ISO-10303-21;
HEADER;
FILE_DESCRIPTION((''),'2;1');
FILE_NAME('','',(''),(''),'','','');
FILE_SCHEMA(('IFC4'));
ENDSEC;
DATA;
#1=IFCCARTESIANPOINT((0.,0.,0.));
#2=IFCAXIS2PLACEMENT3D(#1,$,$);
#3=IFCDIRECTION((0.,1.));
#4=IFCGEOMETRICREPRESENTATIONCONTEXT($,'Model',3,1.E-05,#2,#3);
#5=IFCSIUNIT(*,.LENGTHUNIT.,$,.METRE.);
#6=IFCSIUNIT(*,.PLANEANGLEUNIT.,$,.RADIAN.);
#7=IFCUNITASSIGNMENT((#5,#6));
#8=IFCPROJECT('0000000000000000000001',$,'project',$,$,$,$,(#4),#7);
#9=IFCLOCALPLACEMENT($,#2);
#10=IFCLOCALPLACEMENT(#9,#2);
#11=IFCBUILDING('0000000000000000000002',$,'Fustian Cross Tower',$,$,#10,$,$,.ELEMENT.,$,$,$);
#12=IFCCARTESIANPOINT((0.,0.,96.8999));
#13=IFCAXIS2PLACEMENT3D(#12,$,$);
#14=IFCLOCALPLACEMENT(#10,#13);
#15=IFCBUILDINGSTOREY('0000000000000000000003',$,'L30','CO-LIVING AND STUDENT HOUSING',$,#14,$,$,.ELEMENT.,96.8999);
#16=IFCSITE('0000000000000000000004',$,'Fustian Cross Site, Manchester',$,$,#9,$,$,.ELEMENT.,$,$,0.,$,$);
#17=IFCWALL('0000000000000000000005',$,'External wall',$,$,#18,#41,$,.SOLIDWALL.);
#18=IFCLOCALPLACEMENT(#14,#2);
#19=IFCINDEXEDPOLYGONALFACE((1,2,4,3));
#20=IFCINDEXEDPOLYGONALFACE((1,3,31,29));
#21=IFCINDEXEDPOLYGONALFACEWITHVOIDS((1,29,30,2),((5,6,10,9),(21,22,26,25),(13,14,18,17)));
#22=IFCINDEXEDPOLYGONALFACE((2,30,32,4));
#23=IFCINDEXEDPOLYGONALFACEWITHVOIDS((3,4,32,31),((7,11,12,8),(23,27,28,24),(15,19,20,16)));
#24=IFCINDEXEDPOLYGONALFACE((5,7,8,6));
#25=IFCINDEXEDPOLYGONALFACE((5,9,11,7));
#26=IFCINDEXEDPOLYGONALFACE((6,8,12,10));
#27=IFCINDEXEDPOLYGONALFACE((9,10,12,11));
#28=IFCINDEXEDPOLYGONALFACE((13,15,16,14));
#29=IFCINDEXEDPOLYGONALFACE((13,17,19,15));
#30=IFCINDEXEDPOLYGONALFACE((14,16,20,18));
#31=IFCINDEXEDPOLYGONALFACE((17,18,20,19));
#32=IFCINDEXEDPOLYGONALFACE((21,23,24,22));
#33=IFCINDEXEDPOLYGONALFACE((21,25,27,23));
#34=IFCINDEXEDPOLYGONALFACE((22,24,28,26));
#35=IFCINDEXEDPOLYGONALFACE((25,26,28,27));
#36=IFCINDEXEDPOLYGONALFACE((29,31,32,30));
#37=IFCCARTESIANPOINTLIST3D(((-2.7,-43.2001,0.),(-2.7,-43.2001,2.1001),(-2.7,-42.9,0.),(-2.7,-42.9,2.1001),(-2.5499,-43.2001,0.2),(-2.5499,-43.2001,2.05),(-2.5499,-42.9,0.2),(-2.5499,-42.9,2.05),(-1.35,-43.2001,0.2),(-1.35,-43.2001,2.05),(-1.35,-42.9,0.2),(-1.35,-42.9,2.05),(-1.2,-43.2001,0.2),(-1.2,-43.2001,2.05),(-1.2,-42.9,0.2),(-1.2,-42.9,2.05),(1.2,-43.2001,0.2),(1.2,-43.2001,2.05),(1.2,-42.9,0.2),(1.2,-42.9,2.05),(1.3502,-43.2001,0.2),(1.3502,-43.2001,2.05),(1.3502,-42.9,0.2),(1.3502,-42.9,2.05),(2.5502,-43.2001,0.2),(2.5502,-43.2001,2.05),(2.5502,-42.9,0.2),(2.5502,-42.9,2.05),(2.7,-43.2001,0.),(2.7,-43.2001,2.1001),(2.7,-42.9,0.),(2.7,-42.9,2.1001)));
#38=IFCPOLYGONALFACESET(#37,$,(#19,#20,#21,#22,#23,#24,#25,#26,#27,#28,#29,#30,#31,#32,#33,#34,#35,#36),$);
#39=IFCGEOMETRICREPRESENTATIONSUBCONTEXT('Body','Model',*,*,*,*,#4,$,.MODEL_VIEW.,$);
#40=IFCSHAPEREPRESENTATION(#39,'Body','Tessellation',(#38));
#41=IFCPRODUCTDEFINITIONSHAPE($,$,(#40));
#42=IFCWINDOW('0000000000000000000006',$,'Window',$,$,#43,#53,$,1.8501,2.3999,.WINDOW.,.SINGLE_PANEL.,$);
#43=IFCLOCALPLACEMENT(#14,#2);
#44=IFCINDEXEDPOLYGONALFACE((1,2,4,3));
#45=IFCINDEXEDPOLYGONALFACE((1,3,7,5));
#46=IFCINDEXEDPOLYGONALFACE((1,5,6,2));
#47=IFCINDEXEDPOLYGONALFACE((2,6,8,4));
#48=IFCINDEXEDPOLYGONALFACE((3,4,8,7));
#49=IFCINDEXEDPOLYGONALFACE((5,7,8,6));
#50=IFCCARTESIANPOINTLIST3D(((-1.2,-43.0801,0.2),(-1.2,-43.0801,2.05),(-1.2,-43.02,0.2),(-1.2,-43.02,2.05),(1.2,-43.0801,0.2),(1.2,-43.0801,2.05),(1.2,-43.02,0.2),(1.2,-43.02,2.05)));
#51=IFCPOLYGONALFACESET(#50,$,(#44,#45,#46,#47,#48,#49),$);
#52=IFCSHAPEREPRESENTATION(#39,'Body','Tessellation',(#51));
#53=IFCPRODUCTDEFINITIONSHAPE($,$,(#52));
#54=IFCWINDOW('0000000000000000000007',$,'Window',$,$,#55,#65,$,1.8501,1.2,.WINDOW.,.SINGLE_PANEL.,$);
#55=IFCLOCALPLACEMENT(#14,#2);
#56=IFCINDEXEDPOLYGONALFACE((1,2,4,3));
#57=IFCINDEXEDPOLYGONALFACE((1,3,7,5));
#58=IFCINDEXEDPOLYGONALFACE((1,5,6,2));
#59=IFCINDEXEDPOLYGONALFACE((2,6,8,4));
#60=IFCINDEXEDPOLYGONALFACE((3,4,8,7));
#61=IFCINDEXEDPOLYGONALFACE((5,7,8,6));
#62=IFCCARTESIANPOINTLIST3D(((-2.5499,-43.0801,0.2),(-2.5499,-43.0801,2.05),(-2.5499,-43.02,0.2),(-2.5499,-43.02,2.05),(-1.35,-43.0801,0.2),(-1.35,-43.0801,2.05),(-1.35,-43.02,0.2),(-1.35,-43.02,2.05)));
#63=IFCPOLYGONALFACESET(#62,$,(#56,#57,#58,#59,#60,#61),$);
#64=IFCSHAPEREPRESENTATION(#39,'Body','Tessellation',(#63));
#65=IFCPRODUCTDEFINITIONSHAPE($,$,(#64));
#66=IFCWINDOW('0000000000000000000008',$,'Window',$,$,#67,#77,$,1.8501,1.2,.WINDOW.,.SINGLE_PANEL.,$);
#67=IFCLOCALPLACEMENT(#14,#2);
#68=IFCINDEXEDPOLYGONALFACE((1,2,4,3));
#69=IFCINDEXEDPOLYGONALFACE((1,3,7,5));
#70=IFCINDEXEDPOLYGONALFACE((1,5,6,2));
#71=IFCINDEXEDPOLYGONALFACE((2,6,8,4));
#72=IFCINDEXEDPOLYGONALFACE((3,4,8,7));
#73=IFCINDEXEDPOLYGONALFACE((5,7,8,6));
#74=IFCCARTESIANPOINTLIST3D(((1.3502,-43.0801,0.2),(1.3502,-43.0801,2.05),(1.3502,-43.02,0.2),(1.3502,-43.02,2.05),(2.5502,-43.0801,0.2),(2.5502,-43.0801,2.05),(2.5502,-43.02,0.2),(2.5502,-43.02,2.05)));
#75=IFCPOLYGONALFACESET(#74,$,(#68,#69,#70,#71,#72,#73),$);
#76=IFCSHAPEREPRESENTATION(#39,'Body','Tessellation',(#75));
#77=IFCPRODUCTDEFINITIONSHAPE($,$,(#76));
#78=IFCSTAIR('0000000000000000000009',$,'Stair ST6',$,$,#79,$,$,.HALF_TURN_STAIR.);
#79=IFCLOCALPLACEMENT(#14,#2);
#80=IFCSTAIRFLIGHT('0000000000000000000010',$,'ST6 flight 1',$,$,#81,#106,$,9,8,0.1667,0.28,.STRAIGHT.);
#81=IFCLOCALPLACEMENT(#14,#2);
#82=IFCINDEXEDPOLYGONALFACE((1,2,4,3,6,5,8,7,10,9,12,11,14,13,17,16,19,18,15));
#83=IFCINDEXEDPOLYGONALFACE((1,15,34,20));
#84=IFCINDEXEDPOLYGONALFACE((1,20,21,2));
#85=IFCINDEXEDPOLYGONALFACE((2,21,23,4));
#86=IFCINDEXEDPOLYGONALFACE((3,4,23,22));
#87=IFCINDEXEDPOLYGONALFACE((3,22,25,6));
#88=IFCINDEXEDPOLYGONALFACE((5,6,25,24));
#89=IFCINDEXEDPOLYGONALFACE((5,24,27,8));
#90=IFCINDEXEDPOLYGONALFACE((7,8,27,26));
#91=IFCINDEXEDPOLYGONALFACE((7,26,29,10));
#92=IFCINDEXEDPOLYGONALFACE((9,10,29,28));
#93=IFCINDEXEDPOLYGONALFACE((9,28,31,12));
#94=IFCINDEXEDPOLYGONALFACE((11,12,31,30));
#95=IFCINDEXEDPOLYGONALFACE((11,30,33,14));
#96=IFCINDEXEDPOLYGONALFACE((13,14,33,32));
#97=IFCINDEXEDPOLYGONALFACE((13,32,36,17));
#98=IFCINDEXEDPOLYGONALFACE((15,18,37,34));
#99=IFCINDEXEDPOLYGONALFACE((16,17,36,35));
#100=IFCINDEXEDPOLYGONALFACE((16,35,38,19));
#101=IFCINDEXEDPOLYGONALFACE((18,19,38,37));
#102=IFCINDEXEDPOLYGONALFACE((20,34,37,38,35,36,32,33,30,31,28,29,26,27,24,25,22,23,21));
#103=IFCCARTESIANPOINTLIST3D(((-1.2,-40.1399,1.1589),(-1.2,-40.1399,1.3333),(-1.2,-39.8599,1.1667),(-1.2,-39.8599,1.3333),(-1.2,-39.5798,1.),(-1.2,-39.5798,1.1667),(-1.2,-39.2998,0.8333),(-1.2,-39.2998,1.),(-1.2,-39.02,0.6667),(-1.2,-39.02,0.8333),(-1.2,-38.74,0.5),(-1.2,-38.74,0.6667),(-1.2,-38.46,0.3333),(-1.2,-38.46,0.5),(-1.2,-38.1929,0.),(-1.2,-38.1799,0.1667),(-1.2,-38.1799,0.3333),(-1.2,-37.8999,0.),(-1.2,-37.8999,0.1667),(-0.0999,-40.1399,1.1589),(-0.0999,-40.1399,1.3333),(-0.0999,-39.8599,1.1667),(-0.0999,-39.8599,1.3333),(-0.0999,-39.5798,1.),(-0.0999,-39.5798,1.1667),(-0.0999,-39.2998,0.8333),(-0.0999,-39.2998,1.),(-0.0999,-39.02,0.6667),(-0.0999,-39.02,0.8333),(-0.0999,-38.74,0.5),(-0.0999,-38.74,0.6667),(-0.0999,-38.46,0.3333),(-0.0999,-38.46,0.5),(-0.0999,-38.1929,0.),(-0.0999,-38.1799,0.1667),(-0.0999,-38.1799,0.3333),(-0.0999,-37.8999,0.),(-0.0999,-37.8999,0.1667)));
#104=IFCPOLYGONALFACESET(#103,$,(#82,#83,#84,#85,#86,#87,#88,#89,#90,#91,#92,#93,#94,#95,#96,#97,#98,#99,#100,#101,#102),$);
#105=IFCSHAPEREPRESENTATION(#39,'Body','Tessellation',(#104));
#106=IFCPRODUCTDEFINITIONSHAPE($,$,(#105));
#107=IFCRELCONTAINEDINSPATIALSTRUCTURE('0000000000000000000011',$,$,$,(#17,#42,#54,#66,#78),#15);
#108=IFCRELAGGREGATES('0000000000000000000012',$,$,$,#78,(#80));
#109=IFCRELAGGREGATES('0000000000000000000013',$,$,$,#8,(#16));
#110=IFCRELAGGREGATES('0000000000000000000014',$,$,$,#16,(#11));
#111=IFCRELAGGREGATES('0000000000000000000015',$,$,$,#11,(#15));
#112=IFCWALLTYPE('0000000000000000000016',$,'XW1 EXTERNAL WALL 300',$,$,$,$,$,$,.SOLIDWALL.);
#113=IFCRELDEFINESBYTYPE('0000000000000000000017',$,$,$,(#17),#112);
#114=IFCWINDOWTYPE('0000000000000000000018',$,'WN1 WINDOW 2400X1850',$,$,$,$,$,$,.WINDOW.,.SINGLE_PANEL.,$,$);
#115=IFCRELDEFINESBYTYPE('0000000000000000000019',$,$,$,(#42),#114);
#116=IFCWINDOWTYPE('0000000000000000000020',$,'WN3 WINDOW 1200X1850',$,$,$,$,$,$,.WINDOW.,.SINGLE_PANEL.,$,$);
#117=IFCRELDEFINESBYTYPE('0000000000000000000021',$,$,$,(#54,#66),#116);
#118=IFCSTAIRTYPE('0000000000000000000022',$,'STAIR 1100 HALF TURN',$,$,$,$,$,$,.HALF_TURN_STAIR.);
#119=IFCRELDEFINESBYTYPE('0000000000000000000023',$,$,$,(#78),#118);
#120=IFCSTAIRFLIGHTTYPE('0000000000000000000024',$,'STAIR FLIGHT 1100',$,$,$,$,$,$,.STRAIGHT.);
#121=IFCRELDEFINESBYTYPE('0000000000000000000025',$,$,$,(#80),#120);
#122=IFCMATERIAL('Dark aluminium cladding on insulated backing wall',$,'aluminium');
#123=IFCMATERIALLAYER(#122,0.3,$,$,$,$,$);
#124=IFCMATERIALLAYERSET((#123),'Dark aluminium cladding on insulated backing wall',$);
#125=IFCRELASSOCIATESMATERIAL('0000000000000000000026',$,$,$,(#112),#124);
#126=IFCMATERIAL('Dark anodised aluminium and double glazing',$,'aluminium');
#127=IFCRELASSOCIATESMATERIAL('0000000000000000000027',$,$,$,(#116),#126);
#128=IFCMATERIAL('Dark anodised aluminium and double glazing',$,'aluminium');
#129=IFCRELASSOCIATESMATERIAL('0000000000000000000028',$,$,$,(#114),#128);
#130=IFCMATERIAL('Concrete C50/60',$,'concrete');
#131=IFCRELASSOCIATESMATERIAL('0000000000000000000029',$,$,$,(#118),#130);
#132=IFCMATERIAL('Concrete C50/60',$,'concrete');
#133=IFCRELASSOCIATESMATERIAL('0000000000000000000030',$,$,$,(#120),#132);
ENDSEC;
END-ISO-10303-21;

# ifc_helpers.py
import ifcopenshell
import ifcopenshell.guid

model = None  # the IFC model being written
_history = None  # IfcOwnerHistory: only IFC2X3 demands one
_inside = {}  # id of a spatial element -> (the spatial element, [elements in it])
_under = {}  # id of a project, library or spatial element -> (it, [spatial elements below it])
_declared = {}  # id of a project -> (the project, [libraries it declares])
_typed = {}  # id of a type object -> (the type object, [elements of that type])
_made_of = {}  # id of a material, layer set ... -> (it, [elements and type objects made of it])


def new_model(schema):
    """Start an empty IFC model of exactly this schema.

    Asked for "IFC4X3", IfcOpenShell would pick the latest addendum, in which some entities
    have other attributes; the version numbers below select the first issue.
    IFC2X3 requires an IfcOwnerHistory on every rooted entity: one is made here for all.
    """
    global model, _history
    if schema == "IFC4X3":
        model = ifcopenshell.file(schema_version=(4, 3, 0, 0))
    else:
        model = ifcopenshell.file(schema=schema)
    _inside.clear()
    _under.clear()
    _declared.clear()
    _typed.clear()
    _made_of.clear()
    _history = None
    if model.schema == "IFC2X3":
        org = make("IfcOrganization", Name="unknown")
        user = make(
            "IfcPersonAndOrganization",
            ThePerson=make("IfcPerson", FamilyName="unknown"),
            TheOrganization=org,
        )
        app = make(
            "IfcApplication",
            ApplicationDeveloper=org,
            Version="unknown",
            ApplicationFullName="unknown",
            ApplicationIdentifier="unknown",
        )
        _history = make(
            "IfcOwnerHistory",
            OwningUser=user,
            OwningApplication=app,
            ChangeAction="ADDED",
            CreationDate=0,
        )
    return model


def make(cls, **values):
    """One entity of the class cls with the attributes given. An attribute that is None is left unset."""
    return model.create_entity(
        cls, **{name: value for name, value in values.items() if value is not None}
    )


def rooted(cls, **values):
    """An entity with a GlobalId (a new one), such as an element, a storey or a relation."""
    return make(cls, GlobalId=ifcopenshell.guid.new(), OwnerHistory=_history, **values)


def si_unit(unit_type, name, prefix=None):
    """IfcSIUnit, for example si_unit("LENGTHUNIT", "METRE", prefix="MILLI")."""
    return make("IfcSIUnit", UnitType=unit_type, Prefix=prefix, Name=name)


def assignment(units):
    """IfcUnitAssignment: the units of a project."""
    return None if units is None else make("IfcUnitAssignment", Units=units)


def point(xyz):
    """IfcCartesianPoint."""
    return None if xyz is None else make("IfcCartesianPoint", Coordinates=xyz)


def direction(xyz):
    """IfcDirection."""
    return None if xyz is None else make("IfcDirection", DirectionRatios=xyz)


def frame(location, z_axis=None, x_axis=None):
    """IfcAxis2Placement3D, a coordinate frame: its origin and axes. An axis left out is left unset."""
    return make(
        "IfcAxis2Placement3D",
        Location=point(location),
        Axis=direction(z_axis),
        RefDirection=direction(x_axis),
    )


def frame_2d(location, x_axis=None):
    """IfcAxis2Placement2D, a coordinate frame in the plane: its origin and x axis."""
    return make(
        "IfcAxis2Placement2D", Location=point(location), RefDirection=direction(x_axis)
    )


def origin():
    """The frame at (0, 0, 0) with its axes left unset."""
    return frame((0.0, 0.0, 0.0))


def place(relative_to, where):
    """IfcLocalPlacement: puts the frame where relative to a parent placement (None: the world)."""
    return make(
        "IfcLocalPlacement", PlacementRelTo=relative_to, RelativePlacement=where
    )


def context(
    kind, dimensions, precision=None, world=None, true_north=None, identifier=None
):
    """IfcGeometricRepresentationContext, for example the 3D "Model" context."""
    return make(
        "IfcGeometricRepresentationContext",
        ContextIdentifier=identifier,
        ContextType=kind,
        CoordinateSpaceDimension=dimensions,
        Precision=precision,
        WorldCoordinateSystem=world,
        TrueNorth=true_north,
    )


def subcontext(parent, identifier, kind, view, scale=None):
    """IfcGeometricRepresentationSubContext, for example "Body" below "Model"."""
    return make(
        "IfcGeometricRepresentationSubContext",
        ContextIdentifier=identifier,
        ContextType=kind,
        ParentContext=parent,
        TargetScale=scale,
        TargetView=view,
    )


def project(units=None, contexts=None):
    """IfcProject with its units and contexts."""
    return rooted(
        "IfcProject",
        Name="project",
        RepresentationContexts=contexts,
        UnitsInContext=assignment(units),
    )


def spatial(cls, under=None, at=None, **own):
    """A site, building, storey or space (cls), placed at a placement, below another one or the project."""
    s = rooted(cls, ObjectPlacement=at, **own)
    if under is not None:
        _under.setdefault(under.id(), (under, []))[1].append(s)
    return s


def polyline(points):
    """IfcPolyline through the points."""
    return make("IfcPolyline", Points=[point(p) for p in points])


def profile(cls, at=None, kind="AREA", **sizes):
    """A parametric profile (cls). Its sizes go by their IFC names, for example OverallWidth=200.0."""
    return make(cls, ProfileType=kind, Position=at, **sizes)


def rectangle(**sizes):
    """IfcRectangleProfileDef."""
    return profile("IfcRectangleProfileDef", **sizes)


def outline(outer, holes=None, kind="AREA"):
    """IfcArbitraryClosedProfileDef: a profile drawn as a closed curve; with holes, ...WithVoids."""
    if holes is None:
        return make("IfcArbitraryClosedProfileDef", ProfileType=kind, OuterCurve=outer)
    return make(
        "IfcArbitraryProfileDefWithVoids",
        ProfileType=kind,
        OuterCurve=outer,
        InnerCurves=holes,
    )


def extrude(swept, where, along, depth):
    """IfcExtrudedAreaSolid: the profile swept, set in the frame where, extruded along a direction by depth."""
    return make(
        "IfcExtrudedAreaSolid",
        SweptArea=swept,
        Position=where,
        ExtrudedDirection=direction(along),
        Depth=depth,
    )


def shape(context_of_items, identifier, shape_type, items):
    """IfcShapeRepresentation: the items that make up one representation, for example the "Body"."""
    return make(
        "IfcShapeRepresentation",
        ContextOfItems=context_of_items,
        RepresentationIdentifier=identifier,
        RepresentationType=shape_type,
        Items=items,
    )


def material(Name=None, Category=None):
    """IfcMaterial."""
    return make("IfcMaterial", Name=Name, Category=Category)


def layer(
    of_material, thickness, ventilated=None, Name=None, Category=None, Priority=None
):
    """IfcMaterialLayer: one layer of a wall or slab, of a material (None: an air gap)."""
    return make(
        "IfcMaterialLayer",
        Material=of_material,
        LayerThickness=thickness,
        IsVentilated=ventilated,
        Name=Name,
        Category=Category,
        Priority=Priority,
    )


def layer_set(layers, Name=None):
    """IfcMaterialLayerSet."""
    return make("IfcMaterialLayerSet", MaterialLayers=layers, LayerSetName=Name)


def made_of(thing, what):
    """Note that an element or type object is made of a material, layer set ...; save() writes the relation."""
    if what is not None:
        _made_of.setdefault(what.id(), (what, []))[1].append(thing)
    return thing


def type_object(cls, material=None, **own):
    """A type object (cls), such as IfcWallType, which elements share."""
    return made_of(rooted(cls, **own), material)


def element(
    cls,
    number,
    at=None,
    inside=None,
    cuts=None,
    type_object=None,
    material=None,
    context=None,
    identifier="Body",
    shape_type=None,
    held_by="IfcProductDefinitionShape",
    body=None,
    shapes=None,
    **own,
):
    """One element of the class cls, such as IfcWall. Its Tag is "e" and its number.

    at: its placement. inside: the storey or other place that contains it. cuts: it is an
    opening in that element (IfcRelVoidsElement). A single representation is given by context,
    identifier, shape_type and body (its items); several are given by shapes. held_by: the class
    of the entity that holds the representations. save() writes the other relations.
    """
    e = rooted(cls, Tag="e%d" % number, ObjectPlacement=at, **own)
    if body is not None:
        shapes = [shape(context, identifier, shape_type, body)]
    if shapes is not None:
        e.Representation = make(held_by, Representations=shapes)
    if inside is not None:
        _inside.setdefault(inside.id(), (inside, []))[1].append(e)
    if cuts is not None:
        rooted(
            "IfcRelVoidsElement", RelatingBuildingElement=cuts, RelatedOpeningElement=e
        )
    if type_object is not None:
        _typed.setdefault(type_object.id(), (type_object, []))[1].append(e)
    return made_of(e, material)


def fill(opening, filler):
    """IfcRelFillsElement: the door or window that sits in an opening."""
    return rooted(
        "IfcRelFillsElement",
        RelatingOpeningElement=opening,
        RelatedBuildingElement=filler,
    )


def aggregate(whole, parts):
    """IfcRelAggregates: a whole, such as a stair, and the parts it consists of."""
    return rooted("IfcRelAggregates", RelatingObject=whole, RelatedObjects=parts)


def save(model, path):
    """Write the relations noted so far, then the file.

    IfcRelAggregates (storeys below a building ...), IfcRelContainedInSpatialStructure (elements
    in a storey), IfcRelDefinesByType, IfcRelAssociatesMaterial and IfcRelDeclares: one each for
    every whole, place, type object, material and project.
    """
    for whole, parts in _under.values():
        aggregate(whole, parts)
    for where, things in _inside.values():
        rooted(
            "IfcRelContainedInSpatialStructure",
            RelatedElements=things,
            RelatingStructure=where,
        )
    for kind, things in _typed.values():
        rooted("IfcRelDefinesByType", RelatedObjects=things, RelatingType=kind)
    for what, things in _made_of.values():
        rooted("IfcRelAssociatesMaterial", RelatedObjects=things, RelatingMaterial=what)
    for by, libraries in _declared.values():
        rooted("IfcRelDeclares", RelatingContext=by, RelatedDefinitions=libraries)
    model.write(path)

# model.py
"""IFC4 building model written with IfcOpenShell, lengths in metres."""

from ifc_helpers import new_model, si_unit, direction, frame, frame_2d, origin, place, context, subcontext, project, spatial, polyline, rectangle, outline, extrude, material, layer, layer_set, type_object, element, fill, aggregate, save


model = new_model("IFC4")

# Units and contexts
model_context = context("Model", 3, precision=1e-05, world=origin(), true_north=direction((0.0, 1.0)))
body_context = subcontext(model_context, "Body", "Model", "MODEL_VIEW")
ifc_project = project(units=[si_unit("LENGTHUNIT", "METRE"), si_unit("PLANEANGLEUNIT", "RADIAN")], contexts=[model_context])

# Site, building, storey
site_placement = place(None, origin())
site = spatial("IfcSite", under=ifc_project, at=site_placement, Name="Fustian Cross Site, Manchester", CompositionType="ELEMENT", RefElevation=0.0)
building_placement = place(site_placement, origin())
building = spatial("IfcBuilding", under=site, at=building_placement, Name="Fustian Cross Tower", CompositionType="ELEMENT")
storey_placement = place(building_placement, frame((0.0, 0.0, 96.8999)))
storey = spatial("IfcBuildingStorey", under=building, at=storey_placement, Name="L30", Description="CO-LIVING AND STUDENT HOUSING", CompositionType="ELEMENT", Elevation=96.8999)

# Shared definitions
ifc_material_1 = material(Name="Dark aluminium cladding on insulated backing wall", Category="aluminium")
ifc_layer_1 = layer(ifc_material_1, 0.3)
ifc_layer_set_1 = layer_set([ifc_layer_1], Name="Dark aluminium cladding on insulated backing wall")
wall_type_1 = type_object("IfcWallType", Name="XW1 EXTERNAL WALL 300", PredefinedType="SOLIDWALL", material=ifc_layer_set_1)

# Shared definitions
ifc_material_2 = material(Name="Dark anodised aluminium and double glazing", Category="aluminium")
window_type_1 = type_object("IfcWindowType", Name="WN3 WINDOW 1200X1850", PartitioningType="SINGLE_PANEL", PredefinedType="WINDOW", material=ifc_material_2)

# Wall, openings, windows
wall_1_placement = place(storey_placement, frame((-2.7, -43.05, 0.0), z_axis=(0.0, 0.0, 1.0), x_axis=(1.0, 0.0, 0.0)))
wall_1 = element("IfcWall", 1, at=wall_1_placement, inside=storey, type_object=wall_type_1, Name="External wall", PredefinedType="SOLIDWALL", context=body_context, shape_type="SweptSolid", body=[
    extrude(rectangle(XDim=5.3999, YDim=0.3, at=frame_2d((2.7, 0.0))), origin(), (0.0, 0.0, 1.0), 2.1001),
])
opening_1_placement = place(wall_1_placement, frame((1.5, 0.0, 0.2)))
opening_1 = element("IfcOpeningElement", 2, at=opening_1_placement, cuts=wall_1, PredefinedType="OPENING", context=body_context, shape_type="SweptSolid", body=[
    extrude(rectangle(XDim=2.3999, YDim=1.8501, at=frame_2d((1.2, 0.925))), frame((0.0, 0.1599, 0.0), z_axis=(0.0, -1.0, 0.0), x_axis=(1.0, 0.0, 0.0)), (0.0, 0.0, 1.0), 0.3201),
])
opening_2_placement = place(wall_1_placement, frame((0.1499, 0.0, 0.2)))
opening_2 = element("IfcOpeningElement", 3, at=opening_2_placement, cuts=wall_1, PredefinedType="OPENING", context=body_context, shape_type="SweptSolid", body=[
    extrude(rectangle(XDim=1.2, YDim=1.8501, at=frame_2d((0.6001, 0.925))), frame((0.0, 0.1599, 0.0), z_axis=(0.0, -1.0, 0.0), x_axis=(1.0, 0.0, 0.0)), (0.0, 0.0, 1.0), 0.3201),
])
opening_3_placement = place(wall_1_placement, frame((4.05, 0.0, 0.2)))
opening_3 = element("IfcOpeningElement", 4, at=opening_3_placement, cuts=wall_1, PredefinedType="OPENING", context=body_context, shape_type="SweptSolid", body=[
    extrude(rectangle(XDim=1.2, YDim=1.8501, at=frame_2d((0.6001, 0.925))), frame((0.0, 0.1599, 0.0), z_axis=(0.0, -1.0, 0.0), x_axis=(1.0, 0.0, 0.0)), (0.0, 0.0, 1.0), 0.3201),
])
ifc_material_3 = material(Name="Dark anodised aluminium and double glazing", Category="aluminium")
window_type_2 = type_object("IfcWindowType", Name="WN1 WINDOW 2400X1850", PartitioningType="SINGLE_PANEL", PredefinedType="WINDOW", material=ifc_material_3)
window_1_placement = place(opening_1_placement, origin())
window_1 = element("IfcWindow", 5, at=window_1_placement, inside=storey, type_object=window_type_2, Name="Window", OverallHeight=1.8501, OverallWidth=2.3999, PartitioningType="SINGLE_PANEL", PredefinedType="WINDOW", context=body_context, shape_type="SweptSolid", body=[
    extrude(rectangle(XDim=2.3999, YDim=1.8501, at=frame_2d((1.2, 0.925))), frame((0.0, 0.03, 0.0), z_axis=(0.0, -1.0, 0.0), x_axis=(1.0, 0.0, 0.0)), (0.0, 0.0, 1.0), 0.0601),
])
fill(opening_1, window_1)
window_2_placement = place(opening_2_placement, origin())
window_2 = element("IfcWindow", 6, at=window_2_placement, inside=storey, type_object=window_type_1, Name="Window", OverallHeight=1.8501, OverallWidth=1.2, PartitioningType="SINGLE_PANEL", PredefinedType="WINDOW", context=body_context, shape_type="SweptSolid", body=[
    extrude(rectangle(XDim=1.2, YDim=1.8501, at=frame_2d((0.6001, 0.925))), frame((0.0, 0.03, 0.0), z_axis=(0.0, -1.0, 0.0), x_axis=(1.0, 0.0, 0.0)), (0.0, 0.0, 1.0), 0.0601),
])
fill(opening_2, window_2)
window_3_placement = place(opening_3_placement, origin())
window_3 = element("IfcWindow", 7, at=window_3_placement, inside=storey, type_object=window_type_1, Name="Window", OverallHeight=1.8501, OverallWidth=1.2, PartitioningType="SINGLE_PANEL", PredefinedType="WINDOW", context=body_context, shape_type="SweptSolid", body=[
    extrude(rectangle(XDim=1.2, YDim=1.8501, at=frame_2d((0.6001, 0.925))), frame((0.0, 0.03, 0.0), z_axis=(0.0, -1.0, 0.0), x_axis=(1.0, 0.0, 0.0)), (0.0, 0.0, 1.0), 0.0601),
])
fill(opening_3, window_3)

# Stair, stair flight
ifc_material_4 = material(Name="Concrete C50/60", Category="concrete")
stair_type = type_object("IfcStairType", Name="STAIR 1100 HALF TURN", PredefinedType="HALF_TURN_STAIR", material=ifc_material_4)
stair_placement = place(storey_placement, origin())
stair = element("IfcStair", 8, at=stair_placement, inside=storey, type_object=stair_type, Name="Stair ST6", PredefinedType="HALF_TURN_STAIR")
ifc_material_5 = material(Name="Concrete C50/60", Category="concrete")
stair_flight_type = type_object("IfcStairFlightType", Name="STAIR FLIGHT 1100", PredefinedType="STRAIGHT", material=ifc_material_5)
stair_flight_placement = place(storey_placement, frame((-0.6499, -37.8999, 0.0), z_axis=(0.0, 0.0, 1.0), x_axis=(0.0, -1.0, 0.0)))
stair_flight = element("IfcStairFlight", 9, at=stair_flight_placement, type_object=stair_flight_type, Name="ST6 flight 1", NumberOfRisers=9, NumberOfTreads=8, PredefinedType="STRAIGHT", RiserHeight=0.1667, TreadLength=0.28, context=body_context, shape_type="SweptSolid", body=[
    extrude(outline(polyline([(0.0, 0.0), (0.0, 0.1667), (0.28, 0.1667), (0.28, 0.3333), (0.5601, 0.3333), (0.5601, 0.5), (0.8401, 0.5), (0.8401, 0.6667), (1.1201, 0.6667), (1.1201, 0.8333), (1.3999, 0.8333), (1.3999, 1.0), (1.6799, 1.0), (1.6799, 1.1667), (1.96, 1.1667), (1.96, 1.3333), (2.24, 1.3333), (2.24, 1.5), (2.24, 1.1589), (0.293, 0.0), (0.0, 0.0)])), frame((0.0, 0.55, 0.0), z_axis=(0.0, -1.0, 0.0), x_axis=(1.0, 0.0, 0.0)), (0.0, 0.0, 1.0), 1.1001),
])
aggregate(stair, [stair_flight])

save(model, "model.ifc")
